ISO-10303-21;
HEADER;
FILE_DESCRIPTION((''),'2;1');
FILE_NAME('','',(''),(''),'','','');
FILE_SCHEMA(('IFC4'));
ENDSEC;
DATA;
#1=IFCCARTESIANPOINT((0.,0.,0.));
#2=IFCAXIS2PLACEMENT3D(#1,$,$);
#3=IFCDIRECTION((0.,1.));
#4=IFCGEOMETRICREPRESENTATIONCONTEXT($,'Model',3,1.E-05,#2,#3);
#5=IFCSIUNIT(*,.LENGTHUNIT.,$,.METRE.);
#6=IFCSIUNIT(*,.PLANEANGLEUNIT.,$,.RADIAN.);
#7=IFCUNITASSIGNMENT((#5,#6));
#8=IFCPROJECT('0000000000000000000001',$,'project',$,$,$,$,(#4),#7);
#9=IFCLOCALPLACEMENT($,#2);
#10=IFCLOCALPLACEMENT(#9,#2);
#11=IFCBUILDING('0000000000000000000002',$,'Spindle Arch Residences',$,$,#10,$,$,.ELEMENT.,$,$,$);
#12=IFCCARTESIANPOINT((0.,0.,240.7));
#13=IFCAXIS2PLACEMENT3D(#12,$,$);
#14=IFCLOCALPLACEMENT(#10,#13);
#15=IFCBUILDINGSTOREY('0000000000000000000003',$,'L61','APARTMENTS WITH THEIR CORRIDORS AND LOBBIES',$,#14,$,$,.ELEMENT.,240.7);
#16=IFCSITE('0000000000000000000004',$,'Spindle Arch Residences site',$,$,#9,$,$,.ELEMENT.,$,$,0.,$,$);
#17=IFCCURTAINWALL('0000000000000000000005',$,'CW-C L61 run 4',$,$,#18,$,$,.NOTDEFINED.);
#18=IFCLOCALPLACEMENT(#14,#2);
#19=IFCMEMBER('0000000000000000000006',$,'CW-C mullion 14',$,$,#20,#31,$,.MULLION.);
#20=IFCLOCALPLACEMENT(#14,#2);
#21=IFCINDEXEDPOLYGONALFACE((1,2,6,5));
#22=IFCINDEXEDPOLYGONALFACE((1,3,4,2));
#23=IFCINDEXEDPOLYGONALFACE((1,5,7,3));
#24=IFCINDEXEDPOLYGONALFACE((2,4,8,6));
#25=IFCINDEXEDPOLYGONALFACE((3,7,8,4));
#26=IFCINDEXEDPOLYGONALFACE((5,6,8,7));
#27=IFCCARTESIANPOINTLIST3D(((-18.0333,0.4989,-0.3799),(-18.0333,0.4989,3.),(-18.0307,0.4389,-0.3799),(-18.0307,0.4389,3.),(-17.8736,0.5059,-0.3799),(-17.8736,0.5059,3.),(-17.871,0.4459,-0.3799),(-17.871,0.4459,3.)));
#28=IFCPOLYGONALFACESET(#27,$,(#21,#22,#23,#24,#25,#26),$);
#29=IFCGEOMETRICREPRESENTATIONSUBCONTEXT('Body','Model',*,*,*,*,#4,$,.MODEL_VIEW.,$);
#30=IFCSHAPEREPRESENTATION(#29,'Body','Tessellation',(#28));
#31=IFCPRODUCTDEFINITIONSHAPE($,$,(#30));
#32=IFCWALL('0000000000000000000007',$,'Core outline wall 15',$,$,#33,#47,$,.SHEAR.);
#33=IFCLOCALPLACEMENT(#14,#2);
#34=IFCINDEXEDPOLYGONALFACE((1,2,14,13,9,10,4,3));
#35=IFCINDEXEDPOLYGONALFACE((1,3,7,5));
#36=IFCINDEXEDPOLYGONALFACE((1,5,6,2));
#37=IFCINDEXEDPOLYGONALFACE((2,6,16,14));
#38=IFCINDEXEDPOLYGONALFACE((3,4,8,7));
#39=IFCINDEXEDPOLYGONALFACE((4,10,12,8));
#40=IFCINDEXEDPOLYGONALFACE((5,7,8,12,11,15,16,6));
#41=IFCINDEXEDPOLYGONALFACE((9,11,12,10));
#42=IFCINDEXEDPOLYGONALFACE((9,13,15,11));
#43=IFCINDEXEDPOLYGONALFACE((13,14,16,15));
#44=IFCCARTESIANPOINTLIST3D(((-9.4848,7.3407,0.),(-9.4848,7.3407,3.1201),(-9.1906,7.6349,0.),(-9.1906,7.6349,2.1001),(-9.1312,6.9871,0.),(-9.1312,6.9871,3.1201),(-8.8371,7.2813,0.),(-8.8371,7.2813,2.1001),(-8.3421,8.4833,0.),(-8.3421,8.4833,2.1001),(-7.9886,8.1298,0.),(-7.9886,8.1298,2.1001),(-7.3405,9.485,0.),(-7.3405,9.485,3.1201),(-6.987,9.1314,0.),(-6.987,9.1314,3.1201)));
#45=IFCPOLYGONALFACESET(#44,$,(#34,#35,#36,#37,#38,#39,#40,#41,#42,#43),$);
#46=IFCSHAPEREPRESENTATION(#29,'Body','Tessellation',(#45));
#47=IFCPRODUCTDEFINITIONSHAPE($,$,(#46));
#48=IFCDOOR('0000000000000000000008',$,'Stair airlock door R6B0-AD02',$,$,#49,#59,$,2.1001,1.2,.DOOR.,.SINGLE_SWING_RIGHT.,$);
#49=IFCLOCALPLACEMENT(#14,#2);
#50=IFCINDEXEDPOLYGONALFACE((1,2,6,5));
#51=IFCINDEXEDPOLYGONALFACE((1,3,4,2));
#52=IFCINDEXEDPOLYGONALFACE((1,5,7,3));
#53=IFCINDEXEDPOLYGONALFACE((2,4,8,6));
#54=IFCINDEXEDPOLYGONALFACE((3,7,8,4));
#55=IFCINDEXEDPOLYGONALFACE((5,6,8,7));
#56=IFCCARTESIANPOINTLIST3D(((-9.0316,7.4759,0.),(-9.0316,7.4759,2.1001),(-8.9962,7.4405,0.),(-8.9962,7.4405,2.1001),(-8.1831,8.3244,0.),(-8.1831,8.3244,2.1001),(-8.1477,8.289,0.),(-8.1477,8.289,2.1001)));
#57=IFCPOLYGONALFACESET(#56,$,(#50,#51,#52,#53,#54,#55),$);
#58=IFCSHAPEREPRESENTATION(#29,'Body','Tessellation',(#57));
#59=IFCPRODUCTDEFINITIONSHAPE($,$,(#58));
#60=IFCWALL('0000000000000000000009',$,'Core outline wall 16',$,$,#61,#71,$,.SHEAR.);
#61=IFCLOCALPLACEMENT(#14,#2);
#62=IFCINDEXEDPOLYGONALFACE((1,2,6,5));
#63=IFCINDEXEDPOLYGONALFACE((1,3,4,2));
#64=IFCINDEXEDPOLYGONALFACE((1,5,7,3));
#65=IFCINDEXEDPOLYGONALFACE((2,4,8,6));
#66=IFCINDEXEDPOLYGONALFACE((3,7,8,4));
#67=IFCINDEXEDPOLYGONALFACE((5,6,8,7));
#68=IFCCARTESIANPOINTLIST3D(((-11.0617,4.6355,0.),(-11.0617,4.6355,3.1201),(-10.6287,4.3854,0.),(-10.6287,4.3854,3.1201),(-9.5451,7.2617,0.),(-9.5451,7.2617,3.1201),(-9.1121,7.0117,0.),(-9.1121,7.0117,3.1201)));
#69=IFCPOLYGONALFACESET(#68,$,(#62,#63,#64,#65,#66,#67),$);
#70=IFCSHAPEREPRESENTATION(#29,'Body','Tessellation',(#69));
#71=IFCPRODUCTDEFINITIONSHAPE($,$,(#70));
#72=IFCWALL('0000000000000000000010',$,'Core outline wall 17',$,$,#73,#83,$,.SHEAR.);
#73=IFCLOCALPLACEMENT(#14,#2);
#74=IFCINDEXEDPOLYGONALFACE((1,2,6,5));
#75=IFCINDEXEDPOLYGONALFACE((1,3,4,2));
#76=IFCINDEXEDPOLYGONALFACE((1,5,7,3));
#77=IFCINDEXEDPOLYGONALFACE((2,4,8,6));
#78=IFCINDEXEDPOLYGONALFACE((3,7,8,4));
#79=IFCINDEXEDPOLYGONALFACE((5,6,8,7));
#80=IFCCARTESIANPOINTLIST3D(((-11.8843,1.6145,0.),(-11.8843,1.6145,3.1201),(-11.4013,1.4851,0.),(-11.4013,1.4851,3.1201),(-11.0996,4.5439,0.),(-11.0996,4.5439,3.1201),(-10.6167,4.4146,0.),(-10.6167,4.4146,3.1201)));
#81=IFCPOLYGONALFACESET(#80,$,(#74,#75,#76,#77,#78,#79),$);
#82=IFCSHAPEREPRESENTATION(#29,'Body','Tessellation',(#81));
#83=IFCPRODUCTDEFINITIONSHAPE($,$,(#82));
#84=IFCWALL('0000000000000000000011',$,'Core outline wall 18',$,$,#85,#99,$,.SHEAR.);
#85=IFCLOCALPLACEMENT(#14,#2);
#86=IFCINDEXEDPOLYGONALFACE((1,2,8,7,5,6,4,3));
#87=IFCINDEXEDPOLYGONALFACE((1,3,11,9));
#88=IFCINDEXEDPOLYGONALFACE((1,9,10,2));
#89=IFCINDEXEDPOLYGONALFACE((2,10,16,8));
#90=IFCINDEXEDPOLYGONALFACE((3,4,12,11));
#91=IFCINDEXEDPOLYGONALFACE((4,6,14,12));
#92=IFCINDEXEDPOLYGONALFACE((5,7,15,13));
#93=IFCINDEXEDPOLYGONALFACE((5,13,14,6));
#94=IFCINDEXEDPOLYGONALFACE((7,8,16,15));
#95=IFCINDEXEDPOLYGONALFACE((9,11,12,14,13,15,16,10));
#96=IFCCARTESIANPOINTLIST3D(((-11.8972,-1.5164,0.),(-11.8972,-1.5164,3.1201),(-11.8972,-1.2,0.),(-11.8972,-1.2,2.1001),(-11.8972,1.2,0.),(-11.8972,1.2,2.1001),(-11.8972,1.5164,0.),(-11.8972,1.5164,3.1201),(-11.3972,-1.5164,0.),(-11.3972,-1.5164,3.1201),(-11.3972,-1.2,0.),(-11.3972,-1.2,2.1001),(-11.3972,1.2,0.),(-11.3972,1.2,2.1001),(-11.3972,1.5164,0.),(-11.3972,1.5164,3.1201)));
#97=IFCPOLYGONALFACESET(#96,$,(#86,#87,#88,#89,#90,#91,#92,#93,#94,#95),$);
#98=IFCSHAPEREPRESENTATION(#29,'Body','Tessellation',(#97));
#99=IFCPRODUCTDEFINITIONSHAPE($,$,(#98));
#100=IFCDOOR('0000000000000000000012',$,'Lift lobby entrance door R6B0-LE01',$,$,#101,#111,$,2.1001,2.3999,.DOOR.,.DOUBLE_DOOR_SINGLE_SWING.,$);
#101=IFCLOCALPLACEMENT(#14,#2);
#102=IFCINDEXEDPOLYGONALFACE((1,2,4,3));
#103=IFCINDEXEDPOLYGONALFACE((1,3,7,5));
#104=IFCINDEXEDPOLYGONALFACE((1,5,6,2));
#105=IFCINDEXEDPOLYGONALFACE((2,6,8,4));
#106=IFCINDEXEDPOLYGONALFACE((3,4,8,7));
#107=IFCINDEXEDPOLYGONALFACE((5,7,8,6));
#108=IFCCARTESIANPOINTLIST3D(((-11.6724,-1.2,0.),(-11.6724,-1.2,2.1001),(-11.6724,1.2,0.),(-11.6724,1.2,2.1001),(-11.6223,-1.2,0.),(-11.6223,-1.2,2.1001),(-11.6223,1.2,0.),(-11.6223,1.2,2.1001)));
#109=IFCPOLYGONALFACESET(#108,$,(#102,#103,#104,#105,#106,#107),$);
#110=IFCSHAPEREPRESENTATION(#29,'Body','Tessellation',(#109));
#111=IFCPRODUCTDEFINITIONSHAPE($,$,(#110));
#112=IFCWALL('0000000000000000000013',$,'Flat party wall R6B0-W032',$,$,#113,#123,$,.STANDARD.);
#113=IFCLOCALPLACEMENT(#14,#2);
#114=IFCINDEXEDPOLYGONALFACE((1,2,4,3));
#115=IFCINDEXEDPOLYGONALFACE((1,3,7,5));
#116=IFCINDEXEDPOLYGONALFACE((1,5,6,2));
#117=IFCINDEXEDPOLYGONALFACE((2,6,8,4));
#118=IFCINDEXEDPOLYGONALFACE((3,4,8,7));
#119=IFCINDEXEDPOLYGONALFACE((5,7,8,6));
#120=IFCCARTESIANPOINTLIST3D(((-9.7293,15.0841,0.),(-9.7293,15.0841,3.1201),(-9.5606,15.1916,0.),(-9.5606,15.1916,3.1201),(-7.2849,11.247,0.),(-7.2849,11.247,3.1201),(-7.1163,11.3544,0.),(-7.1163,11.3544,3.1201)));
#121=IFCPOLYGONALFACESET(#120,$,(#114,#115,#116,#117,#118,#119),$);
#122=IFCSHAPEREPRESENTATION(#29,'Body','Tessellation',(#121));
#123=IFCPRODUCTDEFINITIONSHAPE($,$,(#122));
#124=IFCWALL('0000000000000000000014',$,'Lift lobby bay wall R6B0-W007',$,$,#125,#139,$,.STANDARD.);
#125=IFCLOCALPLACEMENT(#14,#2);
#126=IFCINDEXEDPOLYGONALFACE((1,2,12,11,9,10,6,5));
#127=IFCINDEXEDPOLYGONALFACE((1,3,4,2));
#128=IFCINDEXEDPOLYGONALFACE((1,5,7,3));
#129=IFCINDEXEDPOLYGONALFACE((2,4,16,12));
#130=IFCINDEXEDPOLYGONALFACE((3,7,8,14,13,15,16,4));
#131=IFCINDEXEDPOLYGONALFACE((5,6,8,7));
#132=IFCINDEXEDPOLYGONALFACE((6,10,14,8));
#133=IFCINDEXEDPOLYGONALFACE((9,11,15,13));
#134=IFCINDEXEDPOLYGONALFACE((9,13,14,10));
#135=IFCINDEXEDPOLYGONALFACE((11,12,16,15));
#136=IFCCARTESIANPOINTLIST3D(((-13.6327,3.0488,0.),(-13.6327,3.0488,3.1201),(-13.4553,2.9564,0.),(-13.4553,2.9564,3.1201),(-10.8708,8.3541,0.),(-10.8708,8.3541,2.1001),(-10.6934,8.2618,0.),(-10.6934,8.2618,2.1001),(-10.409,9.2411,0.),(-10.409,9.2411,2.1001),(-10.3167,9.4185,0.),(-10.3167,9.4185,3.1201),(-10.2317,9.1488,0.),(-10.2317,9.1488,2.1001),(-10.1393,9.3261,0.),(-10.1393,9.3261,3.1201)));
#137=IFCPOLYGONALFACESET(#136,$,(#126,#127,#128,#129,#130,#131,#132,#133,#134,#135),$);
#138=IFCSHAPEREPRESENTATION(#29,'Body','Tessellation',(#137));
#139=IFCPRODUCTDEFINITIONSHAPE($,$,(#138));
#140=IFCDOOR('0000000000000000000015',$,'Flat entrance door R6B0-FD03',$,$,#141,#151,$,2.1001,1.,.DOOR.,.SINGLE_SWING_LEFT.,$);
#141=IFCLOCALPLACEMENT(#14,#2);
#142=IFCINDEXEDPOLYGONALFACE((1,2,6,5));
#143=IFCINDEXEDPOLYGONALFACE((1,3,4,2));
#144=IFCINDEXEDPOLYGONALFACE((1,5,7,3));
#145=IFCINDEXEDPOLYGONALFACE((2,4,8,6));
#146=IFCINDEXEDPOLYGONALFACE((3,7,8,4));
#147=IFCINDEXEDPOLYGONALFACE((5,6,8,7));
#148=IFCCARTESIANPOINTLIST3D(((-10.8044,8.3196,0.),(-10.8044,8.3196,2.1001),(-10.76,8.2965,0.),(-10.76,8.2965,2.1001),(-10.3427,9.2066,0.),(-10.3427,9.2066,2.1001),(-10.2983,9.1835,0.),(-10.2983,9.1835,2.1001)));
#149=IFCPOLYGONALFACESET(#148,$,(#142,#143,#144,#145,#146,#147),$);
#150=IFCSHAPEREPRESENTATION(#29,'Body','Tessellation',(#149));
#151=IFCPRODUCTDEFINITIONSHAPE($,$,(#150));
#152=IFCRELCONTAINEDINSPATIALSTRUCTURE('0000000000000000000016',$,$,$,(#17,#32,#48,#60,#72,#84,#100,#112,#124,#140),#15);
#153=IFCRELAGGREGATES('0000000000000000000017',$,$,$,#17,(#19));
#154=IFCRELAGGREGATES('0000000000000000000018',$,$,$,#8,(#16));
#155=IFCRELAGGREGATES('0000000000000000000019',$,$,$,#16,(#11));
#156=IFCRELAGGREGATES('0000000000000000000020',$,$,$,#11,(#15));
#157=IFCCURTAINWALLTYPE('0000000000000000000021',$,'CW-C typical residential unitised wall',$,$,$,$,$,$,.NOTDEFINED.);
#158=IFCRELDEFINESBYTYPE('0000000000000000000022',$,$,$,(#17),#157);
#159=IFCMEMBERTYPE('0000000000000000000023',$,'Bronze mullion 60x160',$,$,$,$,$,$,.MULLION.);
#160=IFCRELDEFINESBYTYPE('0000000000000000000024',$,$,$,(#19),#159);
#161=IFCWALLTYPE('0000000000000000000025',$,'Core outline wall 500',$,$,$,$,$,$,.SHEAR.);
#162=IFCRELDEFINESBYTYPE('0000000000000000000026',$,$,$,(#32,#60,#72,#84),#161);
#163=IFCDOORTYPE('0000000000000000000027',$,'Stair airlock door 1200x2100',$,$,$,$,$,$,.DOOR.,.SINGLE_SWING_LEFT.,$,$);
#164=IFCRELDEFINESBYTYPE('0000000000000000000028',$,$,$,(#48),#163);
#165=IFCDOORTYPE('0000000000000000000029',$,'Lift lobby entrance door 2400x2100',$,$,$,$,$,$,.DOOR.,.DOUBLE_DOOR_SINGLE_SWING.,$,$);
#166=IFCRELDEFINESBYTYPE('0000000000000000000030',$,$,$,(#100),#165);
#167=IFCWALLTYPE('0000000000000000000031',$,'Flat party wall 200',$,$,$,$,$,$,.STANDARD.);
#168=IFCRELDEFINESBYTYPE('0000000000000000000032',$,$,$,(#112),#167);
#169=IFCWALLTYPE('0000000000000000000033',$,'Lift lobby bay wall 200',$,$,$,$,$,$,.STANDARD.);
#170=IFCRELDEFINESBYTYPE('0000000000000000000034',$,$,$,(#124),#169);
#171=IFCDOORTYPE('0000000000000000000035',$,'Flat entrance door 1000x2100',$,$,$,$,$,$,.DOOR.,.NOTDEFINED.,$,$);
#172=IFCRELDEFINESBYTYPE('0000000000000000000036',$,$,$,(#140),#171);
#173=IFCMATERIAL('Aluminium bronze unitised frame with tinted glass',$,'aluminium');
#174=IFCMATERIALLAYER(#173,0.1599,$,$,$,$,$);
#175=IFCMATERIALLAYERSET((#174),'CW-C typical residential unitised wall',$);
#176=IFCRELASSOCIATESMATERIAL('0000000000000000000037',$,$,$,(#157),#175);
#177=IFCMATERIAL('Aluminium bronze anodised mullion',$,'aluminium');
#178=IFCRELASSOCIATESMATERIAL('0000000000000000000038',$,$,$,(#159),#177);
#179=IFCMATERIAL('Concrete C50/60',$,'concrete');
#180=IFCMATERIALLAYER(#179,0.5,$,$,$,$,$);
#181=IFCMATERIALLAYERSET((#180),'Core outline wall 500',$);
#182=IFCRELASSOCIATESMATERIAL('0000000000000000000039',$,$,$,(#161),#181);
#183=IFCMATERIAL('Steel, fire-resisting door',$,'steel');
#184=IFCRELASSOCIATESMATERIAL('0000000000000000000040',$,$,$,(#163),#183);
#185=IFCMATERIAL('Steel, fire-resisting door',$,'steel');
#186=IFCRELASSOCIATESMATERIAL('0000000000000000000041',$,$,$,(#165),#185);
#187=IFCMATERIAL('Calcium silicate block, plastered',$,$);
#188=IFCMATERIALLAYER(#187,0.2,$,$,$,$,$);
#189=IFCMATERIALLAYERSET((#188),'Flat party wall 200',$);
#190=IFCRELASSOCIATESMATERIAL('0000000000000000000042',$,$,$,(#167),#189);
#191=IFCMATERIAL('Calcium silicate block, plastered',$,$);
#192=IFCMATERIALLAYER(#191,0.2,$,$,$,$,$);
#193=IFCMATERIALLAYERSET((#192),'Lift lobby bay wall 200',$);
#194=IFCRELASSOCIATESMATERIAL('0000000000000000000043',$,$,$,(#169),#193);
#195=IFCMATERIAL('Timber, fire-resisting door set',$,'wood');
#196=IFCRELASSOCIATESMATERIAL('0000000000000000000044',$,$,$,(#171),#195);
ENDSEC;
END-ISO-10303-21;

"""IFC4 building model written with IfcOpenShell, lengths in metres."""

from ifc_helpers import new_model, si_unit, direction, frame, frame_2d, origin, origin_2d, place, context, subcontext, project, spatial, rectangle, extrude, material, layer, layer_set, material_profile, profile_set, type_object, element, fill, aggregate, save


model = new_model("IFC4")

# Units and contexts
model_context = context("Model", 3, precision=1e-05, world=origin(), true_north=direction((0.0, 1.0)))
body_context = subcontext(model_context, "Body", "Model", "MODEL_VIEW")
ifc_project = project(units=[si_unit("LENGTHUNIT", "METRE"), si_unit("PLANEANGLEUNIT", "RADIAN")], contexts=[model_context])

# Site, building, storey
site_placement = place(None, origin())
site = spatial("IfcSite", under=ifc_project, at=site_placement, Name="Spindle Arch Residences site", CompositionType="ELEMENT", RefElevation=0.0)
building_placement = place(site_placement, origin())
building = spatial("IfcBuilding", under=site, at=building_placement, Name="Spindle Arch Residences", CompositionType="ELEMENT")
storey_placement = place(building_placement, frame((0.0, 0.0, 240.7)))
storey = spatial("IfcBuildingStorey", under=building, at=storey_placement, Name="L61", Description="APARTMENTS WITH THEIR CORRIDORS AND LOBBIES", CompositionType="ELEMENT", Elevation=240.7)

# Curtain wall, member
ifc_material_1 = material(Name="Aluminium bronze unitised frame with tinted glass", Category="aluminium")
ifc_layer_1 = layer(ifc_material_1, 0.1599)
ifc_layer_set_1 = layer_set([ifc_layer_1], Name="CW-C typical residential unitised wall")
curtain_wall_type = type_object("IfcCurtainWallType", Name="CW-C typical residential unitised wall", PredefinedType="NOTDEFINED", material=ifc_layer_set_1)
curtain_wall_placement = place(storey_placement, origin())
curtain_wall = element("IfcCurtainWall", 1, at=curtain_wall_placement, inside=storey, type_object=curtain_wall_type, Name="CW-C L61 run 4", PredefinedType="NOTDEFINED")
ifc_material_2 = material(Name="Aluminium bronze anodised mullion", Category="aluminium")
ifc_material_profile = material_profile(ifc_material_2, rectangle(XDim=0.1599, YDim=0.0601, at=origin_2d()), Name="MU 60x160")
ifc_profile_set = profile_set([ifc_material_profile], Name="Aluminium bronze anodised mullion")
member_type = type_object("IfcMemberType", Name="Bronze mullion 60x160", PredefinedType="MULLION", material=ifc_profile_set)
member_placement = place(storey_placement, frame((-17.9521, 0.4724, -0.3799), z_axis=(0.0, 0.0, 1.0), x_axis=(0.999048, 0.043619, 0.0)))
member = element("IfcMember", 2, at=member_placement, type_object=member_type, Name="CW-C mullion 14", PredefinedType="MULLION", context=body_context, shape_type="SweptSolid", body=[
    extrude(rectangle(XDim=0.1599, YDim=0.0601, at=origin_2d()), origin(), (0.0, 0.0, 1.0), 3.3799),
])
aggregate(curtain_wall, [member])

# Wall, opening, door
ifc_material_3 = material(Name="Concrete C50/60", Category="concrete")
ifc_layer_2 = layer(ifc_material_3, 0.5)
ifc_layer_set_2 = layer_set([ifc_layer_2], Name="Core outline wall 500")
wall_type_1 = type_object("IfcWallType", Name="Core outline wall 500", PredefinedType="SHEAR", material=ifc_layer_set_2)
wall_1_placement = place(storey_placement, frame((-7.1638, 9.3081, 0.0), z_axis=(0.0, 0.0, 1.0), x_axis=(-0.707107, -0.707107, 0.0)))
wall_1 = element("IfcWall", 3, at=wall_1_placement, inside=storey, type_object=wall_type_1, Name="Core outline wall 15", PredefinedType="SHEAR", context=body_context, shape_type="SweptSolid", body=[
    extrude(rectangle(XDim=3.0325, YDim=0.5, at=frame_2d((1.5161, 0.0))), origin(), (0.0, 0.0, 1.0), 3.1201),
])
opening_1_placement = place(wall_1_placement, frame((1.4163, 0.0, 0.0)))
opening_1 = element("IfcOpeningElement", 4, at=opening_1_placement, cuts=wall_1, PredefinedType="OPENING", context=body_context, shape_type="SweptSolid", body=[
    extrude(rectangle(XDim=1.2, YDim=2.1001, at=frame_2d((0.6001, 1.05))), frame((0.0, 0.26, 0.0), z_axis=(0.0, -1.0, 0.0), x_axis=(1.0, 0.0, 0.0)), (0.0, 0.0, 1.0), 0.52),
])
ifc_material_4 = material(Name="Steel, fire-resisting door", Category="steel")
door_type_1 = type_object("IfcDoorType", Name="Stair airlock door 1200x2100", OperationType="SINGLE_SWING_LEFT", PredefinedType="DOOR", material=ifc_material_4)
door_1_placement = place(opening_1_placement, origin())
door_1 = element("IfcDoor", 5, at=door_1_placement, inside=storey, type_object=door_type_1, Name="Stair airlock door R6B0-AD02", OperationType="SINGLE_SWING_RIGHT", OverallHeight=2.1001, OverallWidth=1.2, PredefinedType="DOOR", context=body_context, shape_type="SweptSolid", body=[
    extrude(rectangle(XDim=1.2, YDim=2.1001, at=frame_2d((0.6001, 1.05))), frame((0.0, 0.0249, 0.0), z_axis=(0.0, -1.0, 0.0), x_axis=(1.0, 0.0, 0.0)), (0.0, 0.0, 1.0), 0.05),
])
fill(opening_1, door_1)

# Walls
for number, where, z_axis, x_axis, name in (
    (6, (-9.3286, 7.1367, 0.0), (0.0, 0.0, 1.0), (-0.500087, -0.865975, 0.0), "Core outline wall 16"),
    (7, (-10.8582, 4.4792, 0.0), (0.0, 0.0, 1.0), (-0.258735, -0.965948, 0.0), "Core outline wall 17"),
):
    element("IfcWall", number, at=place(storey_placement, frame(where, z_axis=z_axis, x_axis=x_axis)), inside=storey, type_object=wall_type_1, Name=name, PredefinedType="SHEAR", context=body_context, shape_type="SweptSolid", body=[
        extrude(rectangle(XDim=3.0327, YDim=0.5, at=frame_2d((1.5164, 0.0))), origin(), (0.0, 0.0, 1.0), 3.1201),
    ])

# Wall, opening, door
wall_2_placement = place(storey_placement, frame((-11.6472, 1.5164, 0.0), z_axis=(0.0, 0.0, 1.0), x_axis=(0.0, -1.0, 0.0)))
wall_2 = element("IfcWall", 8, at=wall_2_placement, inside=storey, type_object=wall_type_1, Name="Core outline wall 18", PredefinedType="SHEAR", context=body_context, shape_type="SweptSolid", body=[
    extrude(rectangle(XDim=3.0327, YDim=0.5, at=frame_2d((1.5164, 0.0))), origin(), (0.0, 0.0, 1.0), 3.1201),
])
opening_2_placement = place(wall_2_placement, frame((0.3164, 0.0, 0.0)))
opening_2 = element("IfcOpeningElement", 9, at=opening_2_placement, cuts=wall_2, PredefinedType="OPENING", context=body_context, shape_type="SweptSolid", body=[
    extrude(rectangle(XDim=2.3999, YDim=2.1001, at=frame_2d((1.2, 1.05))), frame((0.0, 0.26, 0.0), z_axis=(0.0, -1.0, 0.0), x_axis=(1.0, 0.0, 0.0)), (0.0, 0.0, 1.0), 0.52),
])
ifc_material_5 = material(Name="Steel, fire-resisting door", Category="steel")
door_type_2 = type_object("IfcDoorType", Name="Lift lobby entrance door 2400x2100", OperationType="DOUBLE_DOOR_SINGLE_SWING", PredefinedType="DOOR", material=ifc_material_5)
door_2_placement = place(opening_2_placement, origin())
door_2 = element("IfcDoor", 10, at=door_2_placement, inside=storey, type_object=door_type_2, Name="Lift lobby entrance door R6B0-LE01", OperationType="DOUBLE_DOOR_SINGLE_SWING", OverallHeight=2.1001, OverallWidth=2.3999, PredefinedType="DOOR", context=body_context, shape_type="SweptSolid", body=[
    extrude(rectangle(XDim=2.3999, YDim=2.1001, at=frame_2d((1.2, 1.05))), frame((0.0, 0.0249, 0.0), z_axis=(0.0, -1.0, 0.0), x_axis=(1.0, 0.0, 0.0)), (0.0, 0.0, 1.0), 0.05),
])
fill(opening_2, door_2)

# Wall
ifc_material_6 = material(Name="Calcium silicate block, plastered")
ifc_layer_3 = layer(ifc_material_6, 0.2)
ifc_layer_set_3 = layer_set([ifc_layer_3], Name="Flat party wall 200")
wall_type_2 = type_object("IfcWallType", Name="Flat party wall 200", PredefinedType="STANDARD", material=ifc_layer_set_3)
wall_3_placement = place(storey_placement, frame((-9.645, 15.1379, 0.0), z_axis=(0.0, 0.0, 1.0), x_axis=(0.537268, -0.843412, 0.0)))
element("IfcWall", 11, at=wall_3_placement, inside=storey, type_object=wall_type_2, Name="Flat party wall R6B0-W032", PredefinedType="STANDARD", context=body_context, shape_type="SweptSolid", body=[
    extrude(rectangle(XDim=4.5496, YDim=0.2, at=frame_2d((2.2749, 0.0))), origin(), (0.0, 0.0, 1.0), 3.1201),
])

# Wall, opening, door
ifc_material_7 = material(Name="Calcium silicate block, plastered")
ifc_layer_4 = layer(ifc_material_7, 0.2)
ifc_layer_set_4 = layer_set([ifc_layer_4], Name="Lift lobby bay wall 200")
wall_type_3 = type_object("IfcWallType", Name="Lift lobby bay wall 200", PredefinedType="STANDARD", material=ifc_layer_set_4)
wall_4_placement = place(storey_placement, frame((-10.228, 9.3723, 0.0), z_axis=(0.0, 0.0, 1.0), x_axis=(-0.461759, -0.887005, 0.0)))
wall_4 = element("IfcWall", 12, at=wall_4_placement, inside=storey, type_object=wall_type_3, Name="Lift lobby bay wall R6B0-W007", PredefinedType="STANDARD", context=body_context, shape_type="SweptSolid", body=[
    extrude(rectangle(XDim=7.1812, YDim=0.2, at=frame_2d((3.5906, 0.0))), origin(), (0.0, 0.0, 1.0), 3.1201),
])
opening_3_placement = place(wall_4_placement, frame((0.2, 0.0, 0.0)))
opening_3 = element("IfcOpeningElement", 13, at=opening_3_placement, cuts=wall_4, PredefinedType="OPENING", context=body_context, shape_type="SweptSolid", body=[
    extrude(rectangle(XDim=1.0, YDim=2.1001, at=frame_2d((0.5, 1.05))), frame((0.0, 0.1099, 0.0), z_axis=(0.0, -1.0, 0.0), x_axis=(1.0, 0.0, 0.0)), (0.0, 0.0, 1.0), 0.22),
])
ifc_material_8 = material(Name="Timber, fire-resisting door set", Category="wood")
door_type_3 = type_object("IfcDoorType", Name="Flat entrance door 1000x2100", OperationType="NOTDEFINED", PredefinedType="DOOR", material=ifc_material_8)
door_3_placement = place(opening_3_placement, origin())
door_3 = element("IfcDoor", 14, at=door_3_placement, inside=storey, type_object=door_type_3, Name="Flat entrance door R6B0-FD03", OperationType="SINGLE_SWING_LEFT", OverallHeight=2.1001, OverallWidth=1.0, PredefinedType="DOOR", context=body_context, shape_type="SweptSolid", body=[
    extrude(rectangle(XDim=1.0, YDim=2.1001, at=frame_2d((0.5, 1.05))), frame((0.0, 0.0249, 0.0), z_axis=(0.0, -1.0, 0.0), x_axis=(1.0, 0.0, 0.0)), (0.0, 0.0, 1.0), 0.05),
])
fill(opening_3, door_3)

save(model, "model.ifc")
